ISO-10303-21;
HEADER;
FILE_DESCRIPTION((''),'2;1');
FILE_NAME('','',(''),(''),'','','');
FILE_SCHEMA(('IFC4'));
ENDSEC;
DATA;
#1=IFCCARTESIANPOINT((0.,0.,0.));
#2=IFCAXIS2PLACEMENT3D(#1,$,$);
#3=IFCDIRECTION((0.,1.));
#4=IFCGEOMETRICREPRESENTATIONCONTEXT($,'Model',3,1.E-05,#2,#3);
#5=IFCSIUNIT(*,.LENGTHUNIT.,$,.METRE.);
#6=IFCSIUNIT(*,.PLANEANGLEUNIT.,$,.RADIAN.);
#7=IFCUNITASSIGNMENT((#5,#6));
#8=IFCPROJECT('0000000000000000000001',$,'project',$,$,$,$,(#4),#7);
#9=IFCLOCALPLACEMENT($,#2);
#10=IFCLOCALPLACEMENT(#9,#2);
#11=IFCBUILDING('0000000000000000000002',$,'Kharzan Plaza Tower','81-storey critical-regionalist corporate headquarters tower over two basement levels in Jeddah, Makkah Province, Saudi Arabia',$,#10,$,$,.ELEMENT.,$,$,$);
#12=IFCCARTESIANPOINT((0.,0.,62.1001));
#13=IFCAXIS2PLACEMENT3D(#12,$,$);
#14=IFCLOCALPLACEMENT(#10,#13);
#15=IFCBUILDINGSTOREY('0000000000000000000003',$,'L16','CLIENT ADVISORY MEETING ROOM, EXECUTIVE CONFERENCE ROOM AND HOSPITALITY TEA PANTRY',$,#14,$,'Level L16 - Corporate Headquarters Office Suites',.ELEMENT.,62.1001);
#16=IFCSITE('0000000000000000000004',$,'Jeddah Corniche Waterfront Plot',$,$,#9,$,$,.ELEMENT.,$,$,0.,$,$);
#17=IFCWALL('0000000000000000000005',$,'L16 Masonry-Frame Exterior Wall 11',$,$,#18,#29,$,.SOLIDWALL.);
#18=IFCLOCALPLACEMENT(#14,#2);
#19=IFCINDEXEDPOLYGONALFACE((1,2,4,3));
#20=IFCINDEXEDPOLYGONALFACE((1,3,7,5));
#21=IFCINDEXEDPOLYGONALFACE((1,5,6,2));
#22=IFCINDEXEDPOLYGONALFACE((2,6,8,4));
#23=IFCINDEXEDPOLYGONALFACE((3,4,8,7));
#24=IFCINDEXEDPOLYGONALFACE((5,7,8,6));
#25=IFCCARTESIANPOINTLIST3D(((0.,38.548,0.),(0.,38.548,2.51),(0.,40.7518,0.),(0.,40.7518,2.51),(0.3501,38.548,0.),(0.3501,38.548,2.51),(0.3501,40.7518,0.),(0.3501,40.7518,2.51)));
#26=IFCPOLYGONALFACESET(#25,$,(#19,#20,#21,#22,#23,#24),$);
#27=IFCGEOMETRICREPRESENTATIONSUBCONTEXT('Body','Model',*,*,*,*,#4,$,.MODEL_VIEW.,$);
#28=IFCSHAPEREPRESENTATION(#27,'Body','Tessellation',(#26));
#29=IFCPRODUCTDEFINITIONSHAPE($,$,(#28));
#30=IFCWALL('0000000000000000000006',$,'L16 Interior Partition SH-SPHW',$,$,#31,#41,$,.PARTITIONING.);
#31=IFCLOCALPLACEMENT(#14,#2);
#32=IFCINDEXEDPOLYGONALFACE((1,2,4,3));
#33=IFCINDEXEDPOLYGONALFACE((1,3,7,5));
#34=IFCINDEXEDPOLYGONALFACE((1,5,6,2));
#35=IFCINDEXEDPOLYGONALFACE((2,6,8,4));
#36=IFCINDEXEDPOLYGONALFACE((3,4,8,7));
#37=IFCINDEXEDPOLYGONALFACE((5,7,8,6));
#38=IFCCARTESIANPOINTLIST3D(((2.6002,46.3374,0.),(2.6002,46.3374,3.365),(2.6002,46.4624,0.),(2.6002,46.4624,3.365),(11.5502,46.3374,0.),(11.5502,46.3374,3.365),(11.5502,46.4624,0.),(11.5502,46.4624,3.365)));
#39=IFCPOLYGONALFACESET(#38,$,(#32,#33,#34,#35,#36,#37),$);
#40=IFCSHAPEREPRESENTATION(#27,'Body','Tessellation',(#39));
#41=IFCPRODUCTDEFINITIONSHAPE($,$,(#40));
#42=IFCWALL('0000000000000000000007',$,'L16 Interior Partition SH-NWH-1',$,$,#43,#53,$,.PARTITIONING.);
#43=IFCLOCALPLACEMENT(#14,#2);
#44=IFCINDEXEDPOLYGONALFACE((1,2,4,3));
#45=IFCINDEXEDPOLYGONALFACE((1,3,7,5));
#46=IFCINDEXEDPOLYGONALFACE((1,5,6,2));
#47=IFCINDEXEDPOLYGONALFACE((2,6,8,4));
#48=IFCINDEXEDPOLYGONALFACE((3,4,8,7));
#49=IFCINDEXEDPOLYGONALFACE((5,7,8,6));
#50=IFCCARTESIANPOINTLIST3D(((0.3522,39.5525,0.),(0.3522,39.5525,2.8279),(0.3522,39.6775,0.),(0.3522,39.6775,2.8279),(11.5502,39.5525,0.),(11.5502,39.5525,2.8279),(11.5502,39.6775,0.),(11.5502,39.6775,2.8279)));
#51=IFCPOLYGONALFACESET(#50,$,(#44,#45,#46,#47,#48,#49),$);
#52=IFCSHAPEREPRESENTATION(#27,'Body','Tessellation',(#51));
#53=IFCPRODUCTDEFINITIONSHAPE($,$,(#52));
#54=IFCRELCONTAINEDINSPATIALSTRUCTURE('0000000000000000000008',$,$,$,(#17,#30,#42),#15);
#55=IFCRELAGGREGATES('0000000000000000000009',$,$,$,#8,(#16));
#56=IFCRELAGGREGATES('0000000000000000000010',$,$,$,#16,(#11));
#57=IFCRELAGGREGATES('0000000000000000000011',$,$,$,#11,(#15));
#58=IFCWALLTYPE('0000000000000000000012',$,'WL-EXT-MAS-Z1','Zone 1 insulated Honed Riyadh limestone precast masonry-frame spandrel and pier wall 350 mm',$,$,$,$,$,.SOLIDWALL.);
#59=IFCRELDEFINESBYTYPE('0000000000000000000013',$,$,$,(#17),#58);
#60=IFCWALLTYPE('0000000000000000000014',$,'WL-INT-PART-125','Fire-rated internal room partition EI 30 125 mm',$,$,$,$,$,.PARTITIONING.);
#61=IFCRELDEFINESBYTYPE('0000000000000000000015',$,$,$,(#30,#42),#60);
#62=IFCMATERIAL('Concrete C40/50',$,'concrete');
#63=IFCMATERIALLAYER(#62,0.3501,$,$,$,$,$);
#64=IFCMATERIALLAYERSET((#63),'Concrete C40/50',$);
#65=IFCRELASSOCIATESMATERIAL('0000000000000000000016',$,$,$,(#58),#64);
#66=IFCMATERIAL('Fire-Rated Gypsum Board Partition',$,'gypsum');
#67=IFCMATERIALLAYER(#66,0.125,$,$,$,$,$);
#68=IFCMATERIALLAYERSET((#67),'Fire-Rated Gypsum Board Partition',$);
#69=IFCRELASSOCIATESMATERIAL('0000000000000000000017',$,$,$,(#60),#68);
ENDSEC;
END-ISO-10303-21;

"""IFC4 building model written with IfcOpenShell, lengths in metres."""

from ifc_helpers import new_model, si_unit, direction, frame, frame_2d, origin, place, context, subcontext, project, spatial, rectangle, extrude, source, transform, mapped, material, layer, layer_set, type_object, element, save


model = new_model("IFC4")

# Units and contexts
model_context = context("Model", 3, precision=1e-05, world=origin(), true_north=direction((0.0, 1.0)))
body_context = subcontext(model_context, "Body", "Model", "MODEL_VIEW")
ifc_project = project(units=[si_unit("LENGTHUNIT", "METRE"), si_unit("PLANEANGLEUNIT", "RADIAN")], contexts=[model_context])

# Site, building, storey
site_placement = place(None, origin())
site = spatial("IfcSite", under=ifc_project, at=site_placement, Name="Jeddah Corniche Waterfront Plot", CompositionType="ELEMENT", RefElevation=0.0)
building_placement = place(site_placement, origin())
building = spatial("IfcBuilding", under=site, at=building_placement, Name="Kharzan Plaza Tower", Description="81-storey critical-regionalist corporate headquarters tower over two basement levels in Jeddah, Makkah Province, Saudi Arabia", CompositionType="ELEMENT")
storey_placement = place(building_placement, frame((0.0, 0.0, 62.1001)))
storey = spatial("IfcBuildingStorey", under=building, at=storey_placement, Name="L16", Description="CLIENT ADVISORY MEETING ROOM, EXECUTIVE CONFERENCE ROOM AND HOSPITALITY TEA PANTRY", LongName="Level L16 - Corporate Headquarters Office Suites", CompositionType="ELEMENT", Elevation=62.1001)

# Shared definitions
ifc_material_1 = material(Name="Concrete C40/50", Category="concrete")
ifc_layer_1 = layer(ifc_material_1, 0.3501)
ifc_layer_set_1 = layer_set([ifc_layer_1], Name="Concrete C40/50")
wall_type_1 = type_object("IfcWallType", Name="WL-EXT-MAS-Z1", Description="Zone 1 insulated Honed Riyadh limestone precast masonry-frame spandrel and pier wall 350 mm", PredefinedType="SOLIDWALL", material=ifc_layer_set_1)

# Walls
shared_shape_1 = source(origin(), body_context, "Body", "SweptSolid", [
    extrude(rectangle(XDim=2.2039, YDim=0.3501, at=frame_2d((1.1021, 0.0))), origin(), (0.0, 0.0, 1.0), 2.51),
])
wall_1_placement = place(storey_placement, frame((0.175, 40.752, 0.0), z_axis=(0.0, 0.0, 1.0), x_axis=(0.0, -1.0, 0.0)))
element("IfcWall", 1, at=wall_1_placement, inside=storey, type_object=wall_type_1, Name="L16 Masonry-Frame Exterior Wall 11", PredefinedType="SOLIDWALL", context=body_context, shape_type="MappedRepresentation", body=[
    mapped(shared_shape_1, transform((0.0, 0.0, 0.0), x_axis=(1.0, 0.0, 0.0), y_axis=(0.0, 1.0, 0.0), z_axis=(0.0, 0.0, 1.0))),
])
ifc_material_2 = material(Name="Fire-Rated Gypsum Board Partition", Category="gypsum")
ifc_layer_2 = layer(ifc_material_2, 0.125)
ifc_layer_set_2 = layer_set([ifc_layer_2], Name="Fire-Rated Gypsum Board Partition")
wall_type_2 = type_object("IfcWallType", Name="WL-INT-PART-125", Description="Fire-rated internal room partition EI 30 125 mm", PredefinedType="PARTITIONING", material=ifc_layer_set_2)
shared_shape_2 = source(origin(), body_context, "Body", "SweptSolid", [
    extrude(rectangle(XDim=8.95, YDim=0.125, at=frame_2d((4.4751, 0.0))), origin(), (0.0, 0.0, 1.0), 3.365),
])
wall_2_placement = place(storey_placement, frame((2.6001, 46.3999, 0.0), z_axis=(0.0, 0.0, 1.0), x_axis=(1.0, 0.0, 0.0)))
element("IfcWall", 2, at=wall_2_placement, inside=storey, type_object=wall_type_2, Name="L16 Interior Partition SH-SPHW", PredefinedType="PARTITIONING", context=body_context, shape_type="MappedRepresentation", body=[
    mapped(shared_shape_2, transform((0.0, 0.0, 0.0), x_axis=(1.0, 0.0, 0.0), y_axis=(0.0, 1.0, 0.0), z_axis=(0.0, 0.0, 1.0))),
])
shared_shape_3 = source(origin(), body_context, "Body", "SweptSolid", [
    extrude(rectangle(XDim=11.198, YDim=0.125, at=frame_2d((5.5991, 0.0))), origin(), (0.0, 0.0, 1.0), 2.8279),
])
wall_3_placement = place(storey_placement, frame((0.3521, 39.615, 0.0), z_axis=(0.0, 0.0, 1.0), x_axis=(1.0, 0.0, 0.0)))
element("IfcWall", 3, at=wall_3_placement, inside=storey, type_object=wall_type_2, Name="L16 Interior Partition SH-NWH-1", PredefinedType="PARTITIONING", context=body_context, shape_type="MappedRepresentation", body=[
    mapped(shared_shape_3, transform((0.0, 0.0, 0.0), x_axis=(1.0, 0.0, 0.0), y_axis=(0.0, 1.0, 0.0), z_axis=(0.0, 0.0, 1.0))),
])

save(model, "model.ifc")
